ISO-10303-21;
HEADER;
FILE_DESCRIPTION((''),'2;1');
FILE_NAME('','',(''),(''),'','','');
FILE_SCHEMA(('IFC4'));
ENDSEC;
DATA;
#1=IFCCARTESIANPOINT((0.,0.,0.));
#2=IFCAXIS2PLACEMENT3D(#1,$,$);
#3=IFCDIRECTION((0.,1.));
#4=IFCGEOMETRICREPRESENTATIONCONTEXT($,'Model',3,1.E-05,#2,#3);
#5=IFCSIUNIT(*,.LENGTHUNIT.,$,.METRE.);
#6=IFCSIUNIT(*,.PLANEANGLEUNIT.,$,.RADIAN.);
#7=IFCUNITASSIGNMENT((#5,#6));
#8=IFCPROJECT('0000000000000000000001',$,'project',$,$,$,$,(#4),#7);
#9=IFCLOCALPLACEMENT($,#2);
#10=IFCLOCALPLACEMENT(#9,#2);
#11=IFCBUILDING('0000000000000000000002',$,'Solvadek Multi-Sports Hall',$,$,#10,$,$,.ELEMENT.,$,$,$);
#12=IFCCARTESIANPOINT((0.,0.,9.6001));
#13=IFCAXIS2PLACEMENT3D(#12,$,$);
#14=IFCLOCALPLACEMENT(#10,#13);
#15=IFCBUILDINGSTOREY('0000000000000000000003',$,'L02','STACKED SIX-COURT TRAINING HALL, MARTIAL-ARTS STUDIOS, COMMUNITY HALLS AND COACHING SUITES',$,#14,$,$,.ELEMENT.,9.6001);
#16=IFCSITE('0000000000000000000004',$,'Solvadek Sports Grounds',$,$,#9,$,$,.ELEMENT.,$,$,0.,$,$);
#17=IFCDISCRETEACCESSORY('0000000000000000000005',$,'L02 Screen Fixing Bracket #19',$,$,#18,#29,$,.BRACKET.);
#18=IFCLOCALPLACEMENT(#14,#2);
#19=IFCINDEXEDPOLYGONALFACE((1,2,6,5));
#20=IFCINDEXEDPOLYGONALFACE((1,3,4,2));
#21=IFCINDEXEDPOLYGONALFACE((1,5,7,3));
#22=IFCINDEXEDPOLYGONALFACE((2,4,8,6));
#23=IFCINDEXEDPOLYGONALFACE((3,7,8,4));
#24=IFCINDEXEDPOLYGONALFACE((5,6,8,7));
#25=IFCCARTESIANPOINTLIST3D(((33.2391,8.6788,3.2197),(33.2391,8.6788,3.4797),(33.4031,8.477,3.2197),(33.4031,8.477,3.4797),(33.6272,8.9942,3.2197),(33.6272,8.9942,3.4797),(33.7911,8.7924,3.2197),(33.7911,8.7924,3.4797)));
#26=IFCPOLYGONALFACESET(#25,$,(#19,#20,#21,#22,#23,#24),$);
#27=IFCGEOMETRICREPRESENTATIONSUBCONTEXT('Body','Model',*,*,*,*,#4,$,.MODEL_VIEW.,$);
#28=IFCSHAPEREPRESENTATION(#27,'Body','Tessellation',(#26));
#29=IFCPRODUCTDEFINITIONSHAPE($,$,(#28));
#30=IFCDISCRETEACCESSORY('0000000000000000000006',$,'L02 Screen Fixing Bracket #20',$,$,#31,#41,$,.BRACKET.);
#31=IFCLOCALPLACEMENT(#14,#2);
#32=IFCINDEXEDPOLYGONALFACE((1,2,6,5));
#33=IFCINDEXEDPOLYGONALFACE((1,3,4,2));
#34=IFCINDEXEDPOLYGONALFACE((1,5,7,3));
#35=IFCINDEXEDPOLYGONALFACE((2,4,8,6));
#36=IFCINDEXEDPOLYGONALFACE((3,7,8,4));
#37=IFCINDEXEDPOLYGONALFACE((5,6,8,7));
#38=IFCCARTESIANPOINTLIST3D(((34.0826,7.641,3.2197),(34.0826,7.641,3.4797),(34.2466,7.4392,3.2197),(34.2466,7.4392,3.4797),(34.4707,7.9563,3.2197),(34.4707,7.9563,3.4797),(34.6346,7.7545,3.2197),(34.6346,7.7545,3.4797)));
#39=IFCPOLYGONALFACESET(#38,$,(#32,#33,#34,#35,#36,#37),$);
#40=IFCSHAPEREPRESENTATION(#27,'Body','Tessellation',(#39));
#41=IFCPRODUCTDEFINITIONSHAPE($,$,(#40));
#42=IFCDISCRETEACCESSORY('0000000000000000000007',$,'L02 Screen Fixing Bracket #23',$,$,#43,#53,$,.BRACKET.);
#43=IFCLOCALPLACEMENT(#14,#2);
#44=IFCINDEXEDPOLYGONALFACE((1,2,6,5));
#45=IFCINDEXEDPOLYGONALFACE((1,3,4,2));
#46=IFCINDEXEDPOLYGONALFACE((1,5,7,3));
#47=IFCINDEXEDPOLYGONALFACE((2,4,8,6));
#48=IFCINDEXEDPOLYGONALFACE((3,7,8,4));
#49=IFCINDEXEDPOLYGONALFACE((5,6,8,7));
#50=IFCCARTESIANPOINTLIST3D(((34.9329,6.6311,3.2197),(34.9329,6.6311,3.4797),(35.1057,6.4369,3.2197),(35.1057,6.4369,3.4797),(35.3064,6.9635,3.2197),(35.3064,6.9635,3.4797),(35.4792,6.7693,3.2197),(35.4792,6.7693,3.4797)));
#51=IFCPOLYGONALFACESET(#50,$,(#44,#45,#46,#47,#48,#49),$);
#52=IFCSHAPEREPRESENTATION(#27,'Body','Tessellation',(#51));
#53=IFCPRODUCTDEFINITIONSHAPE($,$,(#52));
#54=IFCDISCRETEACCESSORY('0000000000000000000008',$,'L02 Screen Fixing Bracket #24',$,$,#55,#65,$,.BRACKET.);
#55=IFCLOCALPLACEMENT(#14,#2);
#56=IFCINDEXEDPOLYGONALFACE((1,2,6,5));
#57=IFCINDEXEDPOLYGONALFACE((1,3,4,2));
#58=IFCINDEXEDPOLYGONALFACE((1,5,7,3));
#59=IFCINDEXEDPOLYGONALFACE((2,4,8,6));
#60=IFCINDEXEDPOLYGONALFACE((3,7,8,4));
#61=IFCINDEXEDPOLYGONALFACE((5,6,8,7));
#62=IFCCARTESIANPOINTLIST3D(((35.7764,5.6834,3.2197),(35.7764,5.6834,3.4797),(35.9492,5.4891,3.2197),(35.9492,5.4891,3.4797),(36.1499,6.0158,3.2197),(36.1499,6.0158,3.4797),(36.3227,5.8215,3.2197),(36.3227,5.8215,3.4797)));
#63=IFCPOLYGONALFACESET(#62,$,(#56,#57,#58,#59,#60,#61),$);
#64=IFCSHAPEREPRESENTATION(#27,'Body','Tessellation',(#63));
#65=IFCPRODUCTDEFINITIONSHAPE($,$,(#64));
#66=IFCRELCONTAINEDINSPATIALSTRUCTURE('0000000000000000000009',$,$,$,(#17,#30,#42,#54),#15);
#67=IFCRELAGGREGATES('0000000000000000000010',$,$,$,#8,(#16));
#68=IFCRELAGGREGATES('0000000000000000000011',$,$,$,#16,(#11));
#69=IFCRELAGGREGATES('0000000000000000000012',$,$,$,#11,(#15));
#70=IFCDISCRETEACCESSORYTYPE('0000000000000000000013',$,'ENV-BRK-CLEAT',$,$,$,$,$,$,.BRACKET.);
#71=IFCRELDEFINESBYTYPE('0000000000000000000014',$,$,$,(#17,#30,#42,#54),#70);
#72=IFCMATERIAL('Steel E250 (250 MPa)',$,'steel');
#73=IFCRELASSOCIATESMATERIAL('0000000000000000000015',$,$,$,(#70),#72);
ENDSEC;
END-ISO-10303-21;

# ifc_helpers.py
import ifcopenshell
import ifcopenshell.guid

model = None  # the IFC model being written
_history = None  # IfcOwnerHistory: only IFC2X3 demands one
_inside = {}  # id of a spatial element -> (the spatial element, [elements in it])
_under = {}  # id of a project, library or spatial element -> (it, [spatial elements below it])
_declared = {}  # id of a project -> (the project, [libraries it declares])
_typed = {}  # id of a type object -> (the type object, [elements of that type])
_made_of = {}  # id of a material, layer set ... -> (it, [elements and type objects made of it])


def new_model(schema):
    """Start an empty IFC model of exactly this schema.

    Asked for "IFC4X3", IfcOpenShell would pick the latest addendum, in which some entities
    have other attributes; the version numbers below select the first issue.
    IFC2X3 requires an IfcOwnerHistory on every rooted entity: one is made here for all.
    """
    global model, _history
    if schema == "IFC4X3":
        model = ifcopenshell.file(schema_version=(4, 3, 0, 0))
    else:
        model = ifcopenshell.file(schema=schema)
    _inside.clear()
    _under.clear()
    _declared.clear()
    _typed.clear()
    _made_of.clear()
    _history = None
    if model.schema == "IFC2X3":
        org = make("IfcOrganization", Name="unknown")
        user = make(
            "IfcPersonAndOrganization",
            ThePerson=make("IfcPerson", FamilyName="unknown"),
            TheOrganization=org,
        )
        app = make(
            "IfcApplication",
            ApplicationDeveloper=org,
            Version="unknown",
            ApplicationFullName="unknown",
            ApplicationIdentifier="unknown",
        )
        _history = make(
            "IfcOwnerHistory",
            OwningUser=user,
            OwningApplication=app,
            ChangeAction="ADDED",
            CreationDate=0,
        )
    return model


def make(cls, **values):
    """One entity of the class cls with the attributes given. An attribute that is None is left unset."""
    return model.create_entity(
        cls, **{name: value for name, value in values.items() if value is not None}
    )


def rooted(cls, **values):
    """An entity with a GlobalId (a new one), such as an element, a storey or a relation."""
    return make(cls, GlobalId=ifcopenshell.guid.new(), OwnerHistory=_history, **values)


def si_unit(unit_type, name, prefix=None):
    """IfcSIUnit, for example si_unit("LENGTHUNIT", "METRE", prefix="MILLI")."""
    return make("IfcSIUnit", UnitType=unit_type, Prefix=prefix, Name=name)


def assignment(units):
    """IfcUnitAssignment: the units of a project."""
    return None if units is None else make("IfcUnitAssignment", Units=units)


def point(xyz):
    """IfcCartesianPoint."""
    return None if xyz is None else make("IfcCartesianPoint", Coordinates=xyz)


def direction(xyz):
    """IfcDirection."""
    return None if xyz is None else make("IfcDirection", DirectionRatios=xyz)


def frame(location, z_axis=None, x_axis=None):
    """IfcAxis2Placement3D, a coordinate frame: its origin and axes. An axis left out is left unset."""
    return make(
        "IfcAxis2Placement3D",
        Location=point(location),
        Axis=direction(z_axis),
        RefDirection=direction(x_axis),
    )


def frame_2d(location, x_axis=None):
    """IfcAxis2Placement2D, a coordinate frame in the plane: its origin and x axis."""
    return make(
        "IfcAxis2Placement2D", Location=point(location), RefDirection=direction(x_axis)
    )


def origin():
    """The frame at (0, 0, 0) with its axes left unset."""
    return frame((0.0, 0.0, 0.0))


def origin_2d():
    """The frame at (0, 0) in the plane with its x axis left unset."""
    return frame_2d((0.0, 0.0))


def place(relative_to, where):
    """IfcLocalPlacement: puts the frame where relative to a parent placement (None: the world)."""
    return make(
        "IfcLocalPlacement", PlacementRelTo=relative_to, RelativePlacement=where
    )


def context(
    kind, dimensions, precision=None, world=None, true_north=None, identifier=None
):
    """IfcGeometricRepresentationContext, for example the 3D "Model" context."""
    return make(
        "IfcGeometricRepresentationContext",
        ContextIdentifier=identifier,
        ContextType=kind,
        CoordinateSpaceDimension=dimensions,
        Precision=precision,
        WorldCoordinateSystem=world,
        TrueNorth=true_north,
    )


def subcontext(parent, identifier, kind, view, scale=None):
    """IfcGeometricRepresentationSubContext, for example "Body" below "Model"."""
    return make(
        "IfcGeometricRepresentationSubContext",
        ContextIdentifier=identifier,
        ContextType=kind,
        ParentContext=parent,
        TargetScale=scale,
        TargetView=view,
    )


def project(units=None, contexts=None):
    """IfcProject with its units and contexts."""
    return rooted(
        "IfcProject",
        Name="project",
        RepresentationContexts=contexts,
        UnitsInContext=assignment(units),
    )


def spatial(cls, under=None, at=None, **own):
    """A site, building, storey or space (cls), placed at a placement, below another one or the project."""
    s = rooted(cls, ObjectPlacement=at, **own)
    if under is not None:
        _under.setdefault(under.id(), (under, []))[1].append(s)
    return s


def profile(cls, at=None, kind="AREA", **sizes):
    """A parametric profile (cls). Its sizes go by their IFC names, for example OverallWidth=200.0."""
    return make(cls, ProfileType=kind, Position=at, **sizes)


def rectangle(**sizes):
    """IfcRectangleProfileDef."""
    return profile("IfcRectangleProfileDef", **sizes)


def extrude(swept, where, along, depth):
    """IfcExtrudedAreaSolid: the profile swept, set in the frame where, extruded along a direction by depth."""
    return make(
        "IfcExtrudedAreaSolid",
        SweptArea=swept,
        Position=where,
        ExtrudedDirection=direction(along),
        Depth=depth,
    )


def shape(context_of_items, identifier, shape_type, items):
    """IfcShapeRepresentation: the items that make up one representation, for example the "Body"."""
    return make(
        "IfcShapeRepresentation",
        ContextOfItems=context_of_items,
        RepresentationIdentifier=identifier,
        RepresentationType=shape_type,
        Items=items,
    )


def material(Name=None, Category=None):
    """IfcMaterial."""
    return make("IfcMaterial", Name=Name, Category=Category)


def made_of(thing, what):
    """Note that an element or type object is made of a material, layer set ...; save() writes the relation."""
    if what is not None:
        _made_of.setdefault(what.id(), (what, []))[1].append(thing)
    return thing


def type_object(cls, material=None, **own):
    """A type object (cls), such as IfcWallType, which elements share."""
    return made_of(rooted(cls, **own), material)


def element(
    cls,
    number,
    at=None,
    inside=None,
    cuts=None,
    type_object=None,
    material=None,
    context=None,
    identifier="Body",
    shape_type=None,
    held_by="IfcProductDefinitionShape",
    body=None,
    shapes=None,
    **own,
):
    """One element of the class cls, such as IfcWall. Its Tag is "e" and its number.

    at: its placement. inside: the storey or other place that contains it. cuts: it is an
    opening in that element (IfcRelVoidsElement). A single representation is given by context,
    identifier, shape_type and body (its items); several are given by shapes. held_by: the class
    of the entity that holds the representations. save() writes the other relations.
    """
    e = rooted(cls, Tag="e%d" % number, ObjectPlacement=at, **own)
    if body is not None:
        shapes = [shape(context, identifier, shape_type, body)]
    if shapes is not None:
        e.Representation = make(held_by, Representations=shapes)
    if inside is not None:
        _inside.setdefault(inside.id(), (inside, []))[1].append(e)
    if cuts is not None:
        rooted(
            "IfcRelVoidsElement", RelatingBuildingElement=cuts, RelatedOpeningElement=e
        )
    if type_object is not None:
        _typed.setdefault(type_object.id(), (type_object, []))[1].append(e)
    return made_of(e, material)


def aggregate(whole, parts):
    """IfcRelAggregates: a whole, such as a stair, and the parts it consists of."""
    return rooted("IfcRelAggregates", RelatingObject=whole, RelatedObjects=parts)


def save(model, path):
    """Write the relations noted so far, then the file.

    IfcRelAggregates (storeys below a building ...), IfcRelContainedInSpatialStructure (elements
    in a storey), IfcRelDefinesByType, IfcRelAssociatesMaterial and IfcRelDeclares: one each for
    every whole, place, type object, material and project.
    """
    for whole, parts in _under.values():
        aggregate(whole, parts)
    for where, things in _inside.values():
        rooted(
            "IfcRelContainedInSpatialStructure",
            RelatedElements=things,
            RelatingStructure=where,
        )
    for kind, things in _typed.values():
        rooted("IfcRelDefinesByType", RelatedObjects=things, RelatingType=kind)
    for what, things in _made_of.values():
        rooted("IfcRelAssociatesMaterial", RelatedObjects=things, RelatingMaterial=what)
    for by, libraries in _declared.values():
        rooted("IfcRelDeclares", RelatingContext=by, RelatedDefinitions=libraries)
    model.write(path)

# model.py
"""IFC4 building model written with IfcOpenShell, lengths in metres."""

from ifc_helpers import new_model, si_unit, direction, frame, origin, origin_2d, place, context, subcontext, project, spatial, rectangle, extrude, material, type_object, element, save


model = new_model("IFC4")

# Units and contexts
model_context = context("Model", 3, precision=1e-05, world=origin(), true_north=direction((0.0, 1.0)))
body_context = subcontext(model_context, "Body", "Model", "MODEL_VIEW")
ifc_project = project(units=[si_unit("LENGTHUNIT", "METRE"), si_unit("PLANEANGLEUNIT", "RADIAN")], contexts=[model_context])

# Site, building, storey
site_placement = place(None, origin())
site = spatial("IfcSite", under=ifc_project, at=site_placement, Name="Solvadek Sports Grounds", CompositionType="ELEMENT", RefElevation=0.0)
building_placement = place(site_placement, origin())
building = spatial("IfcBuilding", under=site, at=building_placement, Name="Solvadek Multi-Sports Hall", CompositionType="ELEMENT")
storey_placement = place(building_placement, frame((0.0, 0.0, 9.6001)))
storey = spatial("IfcBuildingStorey", under=building, at=storey_placement, Name="L02", Description="STACKED SIX-COURT TRAINING HALL, MARTIAL-ARTS STUDIOS, COMMUNITY HALLS AND COACHING SUITES", CompositionType="ELEMENT", Elevation=9.6001)

# Discrete accessories
ifc_material_1 = material(Name="Steel E250 (250 MPa)", Category="steel")
discrete_accessory_type = type_object("IfcDiscreteAccessoryType", Name="ENV-BRK-CLEAT", PredefinedType="BRACKET", material=ifc_material_1)
for number, where, z_axis, x_axis, name in (
    (1, (33.5151, 8.7356, 3.2197), (0.0, 0.0, 1.0), (0.630677, -0.776045, 0.0), "L02 Screen Fixing Bracket #19"),
    (2, (34.3586, 7.6978, 3.2197), (0.0, 0.0, 1.0), (0.630677, -0.776045, 0.0), "L02 Screen Fixing Bracket #20"),
    (3, (35.2061, 6.7002, 3.2197), (0.0, 0.0, 1.0), (0.664767, -0.74705, 0.0), "L02 Screen Fixing Bracket #23"),
    (4, (36.0496, 5.7524, 3.2197), (0.0, 0.0, 1.0), (0.664767, -0.74705, 0.0), "L02 Screen Fixing Bracket #24"),
):
    element("IfcDiscreteAccessory", number, at=place(storey_placement, frame(where, z_axis=z_axis, x_axis=x_axis)), inside=storey, type_object=discrete_accessory_type, Name=name, PredefinedType="BRACKET", context=body_context, shape_type="SweptSolid", body=[
        extrude(rectangle(XDim=0.26, YDim=0.5, at=origin_2d()), origin(), (0.0, 0.0, 1.0), 0.26),
    ])

save(model, "model.ifc")
